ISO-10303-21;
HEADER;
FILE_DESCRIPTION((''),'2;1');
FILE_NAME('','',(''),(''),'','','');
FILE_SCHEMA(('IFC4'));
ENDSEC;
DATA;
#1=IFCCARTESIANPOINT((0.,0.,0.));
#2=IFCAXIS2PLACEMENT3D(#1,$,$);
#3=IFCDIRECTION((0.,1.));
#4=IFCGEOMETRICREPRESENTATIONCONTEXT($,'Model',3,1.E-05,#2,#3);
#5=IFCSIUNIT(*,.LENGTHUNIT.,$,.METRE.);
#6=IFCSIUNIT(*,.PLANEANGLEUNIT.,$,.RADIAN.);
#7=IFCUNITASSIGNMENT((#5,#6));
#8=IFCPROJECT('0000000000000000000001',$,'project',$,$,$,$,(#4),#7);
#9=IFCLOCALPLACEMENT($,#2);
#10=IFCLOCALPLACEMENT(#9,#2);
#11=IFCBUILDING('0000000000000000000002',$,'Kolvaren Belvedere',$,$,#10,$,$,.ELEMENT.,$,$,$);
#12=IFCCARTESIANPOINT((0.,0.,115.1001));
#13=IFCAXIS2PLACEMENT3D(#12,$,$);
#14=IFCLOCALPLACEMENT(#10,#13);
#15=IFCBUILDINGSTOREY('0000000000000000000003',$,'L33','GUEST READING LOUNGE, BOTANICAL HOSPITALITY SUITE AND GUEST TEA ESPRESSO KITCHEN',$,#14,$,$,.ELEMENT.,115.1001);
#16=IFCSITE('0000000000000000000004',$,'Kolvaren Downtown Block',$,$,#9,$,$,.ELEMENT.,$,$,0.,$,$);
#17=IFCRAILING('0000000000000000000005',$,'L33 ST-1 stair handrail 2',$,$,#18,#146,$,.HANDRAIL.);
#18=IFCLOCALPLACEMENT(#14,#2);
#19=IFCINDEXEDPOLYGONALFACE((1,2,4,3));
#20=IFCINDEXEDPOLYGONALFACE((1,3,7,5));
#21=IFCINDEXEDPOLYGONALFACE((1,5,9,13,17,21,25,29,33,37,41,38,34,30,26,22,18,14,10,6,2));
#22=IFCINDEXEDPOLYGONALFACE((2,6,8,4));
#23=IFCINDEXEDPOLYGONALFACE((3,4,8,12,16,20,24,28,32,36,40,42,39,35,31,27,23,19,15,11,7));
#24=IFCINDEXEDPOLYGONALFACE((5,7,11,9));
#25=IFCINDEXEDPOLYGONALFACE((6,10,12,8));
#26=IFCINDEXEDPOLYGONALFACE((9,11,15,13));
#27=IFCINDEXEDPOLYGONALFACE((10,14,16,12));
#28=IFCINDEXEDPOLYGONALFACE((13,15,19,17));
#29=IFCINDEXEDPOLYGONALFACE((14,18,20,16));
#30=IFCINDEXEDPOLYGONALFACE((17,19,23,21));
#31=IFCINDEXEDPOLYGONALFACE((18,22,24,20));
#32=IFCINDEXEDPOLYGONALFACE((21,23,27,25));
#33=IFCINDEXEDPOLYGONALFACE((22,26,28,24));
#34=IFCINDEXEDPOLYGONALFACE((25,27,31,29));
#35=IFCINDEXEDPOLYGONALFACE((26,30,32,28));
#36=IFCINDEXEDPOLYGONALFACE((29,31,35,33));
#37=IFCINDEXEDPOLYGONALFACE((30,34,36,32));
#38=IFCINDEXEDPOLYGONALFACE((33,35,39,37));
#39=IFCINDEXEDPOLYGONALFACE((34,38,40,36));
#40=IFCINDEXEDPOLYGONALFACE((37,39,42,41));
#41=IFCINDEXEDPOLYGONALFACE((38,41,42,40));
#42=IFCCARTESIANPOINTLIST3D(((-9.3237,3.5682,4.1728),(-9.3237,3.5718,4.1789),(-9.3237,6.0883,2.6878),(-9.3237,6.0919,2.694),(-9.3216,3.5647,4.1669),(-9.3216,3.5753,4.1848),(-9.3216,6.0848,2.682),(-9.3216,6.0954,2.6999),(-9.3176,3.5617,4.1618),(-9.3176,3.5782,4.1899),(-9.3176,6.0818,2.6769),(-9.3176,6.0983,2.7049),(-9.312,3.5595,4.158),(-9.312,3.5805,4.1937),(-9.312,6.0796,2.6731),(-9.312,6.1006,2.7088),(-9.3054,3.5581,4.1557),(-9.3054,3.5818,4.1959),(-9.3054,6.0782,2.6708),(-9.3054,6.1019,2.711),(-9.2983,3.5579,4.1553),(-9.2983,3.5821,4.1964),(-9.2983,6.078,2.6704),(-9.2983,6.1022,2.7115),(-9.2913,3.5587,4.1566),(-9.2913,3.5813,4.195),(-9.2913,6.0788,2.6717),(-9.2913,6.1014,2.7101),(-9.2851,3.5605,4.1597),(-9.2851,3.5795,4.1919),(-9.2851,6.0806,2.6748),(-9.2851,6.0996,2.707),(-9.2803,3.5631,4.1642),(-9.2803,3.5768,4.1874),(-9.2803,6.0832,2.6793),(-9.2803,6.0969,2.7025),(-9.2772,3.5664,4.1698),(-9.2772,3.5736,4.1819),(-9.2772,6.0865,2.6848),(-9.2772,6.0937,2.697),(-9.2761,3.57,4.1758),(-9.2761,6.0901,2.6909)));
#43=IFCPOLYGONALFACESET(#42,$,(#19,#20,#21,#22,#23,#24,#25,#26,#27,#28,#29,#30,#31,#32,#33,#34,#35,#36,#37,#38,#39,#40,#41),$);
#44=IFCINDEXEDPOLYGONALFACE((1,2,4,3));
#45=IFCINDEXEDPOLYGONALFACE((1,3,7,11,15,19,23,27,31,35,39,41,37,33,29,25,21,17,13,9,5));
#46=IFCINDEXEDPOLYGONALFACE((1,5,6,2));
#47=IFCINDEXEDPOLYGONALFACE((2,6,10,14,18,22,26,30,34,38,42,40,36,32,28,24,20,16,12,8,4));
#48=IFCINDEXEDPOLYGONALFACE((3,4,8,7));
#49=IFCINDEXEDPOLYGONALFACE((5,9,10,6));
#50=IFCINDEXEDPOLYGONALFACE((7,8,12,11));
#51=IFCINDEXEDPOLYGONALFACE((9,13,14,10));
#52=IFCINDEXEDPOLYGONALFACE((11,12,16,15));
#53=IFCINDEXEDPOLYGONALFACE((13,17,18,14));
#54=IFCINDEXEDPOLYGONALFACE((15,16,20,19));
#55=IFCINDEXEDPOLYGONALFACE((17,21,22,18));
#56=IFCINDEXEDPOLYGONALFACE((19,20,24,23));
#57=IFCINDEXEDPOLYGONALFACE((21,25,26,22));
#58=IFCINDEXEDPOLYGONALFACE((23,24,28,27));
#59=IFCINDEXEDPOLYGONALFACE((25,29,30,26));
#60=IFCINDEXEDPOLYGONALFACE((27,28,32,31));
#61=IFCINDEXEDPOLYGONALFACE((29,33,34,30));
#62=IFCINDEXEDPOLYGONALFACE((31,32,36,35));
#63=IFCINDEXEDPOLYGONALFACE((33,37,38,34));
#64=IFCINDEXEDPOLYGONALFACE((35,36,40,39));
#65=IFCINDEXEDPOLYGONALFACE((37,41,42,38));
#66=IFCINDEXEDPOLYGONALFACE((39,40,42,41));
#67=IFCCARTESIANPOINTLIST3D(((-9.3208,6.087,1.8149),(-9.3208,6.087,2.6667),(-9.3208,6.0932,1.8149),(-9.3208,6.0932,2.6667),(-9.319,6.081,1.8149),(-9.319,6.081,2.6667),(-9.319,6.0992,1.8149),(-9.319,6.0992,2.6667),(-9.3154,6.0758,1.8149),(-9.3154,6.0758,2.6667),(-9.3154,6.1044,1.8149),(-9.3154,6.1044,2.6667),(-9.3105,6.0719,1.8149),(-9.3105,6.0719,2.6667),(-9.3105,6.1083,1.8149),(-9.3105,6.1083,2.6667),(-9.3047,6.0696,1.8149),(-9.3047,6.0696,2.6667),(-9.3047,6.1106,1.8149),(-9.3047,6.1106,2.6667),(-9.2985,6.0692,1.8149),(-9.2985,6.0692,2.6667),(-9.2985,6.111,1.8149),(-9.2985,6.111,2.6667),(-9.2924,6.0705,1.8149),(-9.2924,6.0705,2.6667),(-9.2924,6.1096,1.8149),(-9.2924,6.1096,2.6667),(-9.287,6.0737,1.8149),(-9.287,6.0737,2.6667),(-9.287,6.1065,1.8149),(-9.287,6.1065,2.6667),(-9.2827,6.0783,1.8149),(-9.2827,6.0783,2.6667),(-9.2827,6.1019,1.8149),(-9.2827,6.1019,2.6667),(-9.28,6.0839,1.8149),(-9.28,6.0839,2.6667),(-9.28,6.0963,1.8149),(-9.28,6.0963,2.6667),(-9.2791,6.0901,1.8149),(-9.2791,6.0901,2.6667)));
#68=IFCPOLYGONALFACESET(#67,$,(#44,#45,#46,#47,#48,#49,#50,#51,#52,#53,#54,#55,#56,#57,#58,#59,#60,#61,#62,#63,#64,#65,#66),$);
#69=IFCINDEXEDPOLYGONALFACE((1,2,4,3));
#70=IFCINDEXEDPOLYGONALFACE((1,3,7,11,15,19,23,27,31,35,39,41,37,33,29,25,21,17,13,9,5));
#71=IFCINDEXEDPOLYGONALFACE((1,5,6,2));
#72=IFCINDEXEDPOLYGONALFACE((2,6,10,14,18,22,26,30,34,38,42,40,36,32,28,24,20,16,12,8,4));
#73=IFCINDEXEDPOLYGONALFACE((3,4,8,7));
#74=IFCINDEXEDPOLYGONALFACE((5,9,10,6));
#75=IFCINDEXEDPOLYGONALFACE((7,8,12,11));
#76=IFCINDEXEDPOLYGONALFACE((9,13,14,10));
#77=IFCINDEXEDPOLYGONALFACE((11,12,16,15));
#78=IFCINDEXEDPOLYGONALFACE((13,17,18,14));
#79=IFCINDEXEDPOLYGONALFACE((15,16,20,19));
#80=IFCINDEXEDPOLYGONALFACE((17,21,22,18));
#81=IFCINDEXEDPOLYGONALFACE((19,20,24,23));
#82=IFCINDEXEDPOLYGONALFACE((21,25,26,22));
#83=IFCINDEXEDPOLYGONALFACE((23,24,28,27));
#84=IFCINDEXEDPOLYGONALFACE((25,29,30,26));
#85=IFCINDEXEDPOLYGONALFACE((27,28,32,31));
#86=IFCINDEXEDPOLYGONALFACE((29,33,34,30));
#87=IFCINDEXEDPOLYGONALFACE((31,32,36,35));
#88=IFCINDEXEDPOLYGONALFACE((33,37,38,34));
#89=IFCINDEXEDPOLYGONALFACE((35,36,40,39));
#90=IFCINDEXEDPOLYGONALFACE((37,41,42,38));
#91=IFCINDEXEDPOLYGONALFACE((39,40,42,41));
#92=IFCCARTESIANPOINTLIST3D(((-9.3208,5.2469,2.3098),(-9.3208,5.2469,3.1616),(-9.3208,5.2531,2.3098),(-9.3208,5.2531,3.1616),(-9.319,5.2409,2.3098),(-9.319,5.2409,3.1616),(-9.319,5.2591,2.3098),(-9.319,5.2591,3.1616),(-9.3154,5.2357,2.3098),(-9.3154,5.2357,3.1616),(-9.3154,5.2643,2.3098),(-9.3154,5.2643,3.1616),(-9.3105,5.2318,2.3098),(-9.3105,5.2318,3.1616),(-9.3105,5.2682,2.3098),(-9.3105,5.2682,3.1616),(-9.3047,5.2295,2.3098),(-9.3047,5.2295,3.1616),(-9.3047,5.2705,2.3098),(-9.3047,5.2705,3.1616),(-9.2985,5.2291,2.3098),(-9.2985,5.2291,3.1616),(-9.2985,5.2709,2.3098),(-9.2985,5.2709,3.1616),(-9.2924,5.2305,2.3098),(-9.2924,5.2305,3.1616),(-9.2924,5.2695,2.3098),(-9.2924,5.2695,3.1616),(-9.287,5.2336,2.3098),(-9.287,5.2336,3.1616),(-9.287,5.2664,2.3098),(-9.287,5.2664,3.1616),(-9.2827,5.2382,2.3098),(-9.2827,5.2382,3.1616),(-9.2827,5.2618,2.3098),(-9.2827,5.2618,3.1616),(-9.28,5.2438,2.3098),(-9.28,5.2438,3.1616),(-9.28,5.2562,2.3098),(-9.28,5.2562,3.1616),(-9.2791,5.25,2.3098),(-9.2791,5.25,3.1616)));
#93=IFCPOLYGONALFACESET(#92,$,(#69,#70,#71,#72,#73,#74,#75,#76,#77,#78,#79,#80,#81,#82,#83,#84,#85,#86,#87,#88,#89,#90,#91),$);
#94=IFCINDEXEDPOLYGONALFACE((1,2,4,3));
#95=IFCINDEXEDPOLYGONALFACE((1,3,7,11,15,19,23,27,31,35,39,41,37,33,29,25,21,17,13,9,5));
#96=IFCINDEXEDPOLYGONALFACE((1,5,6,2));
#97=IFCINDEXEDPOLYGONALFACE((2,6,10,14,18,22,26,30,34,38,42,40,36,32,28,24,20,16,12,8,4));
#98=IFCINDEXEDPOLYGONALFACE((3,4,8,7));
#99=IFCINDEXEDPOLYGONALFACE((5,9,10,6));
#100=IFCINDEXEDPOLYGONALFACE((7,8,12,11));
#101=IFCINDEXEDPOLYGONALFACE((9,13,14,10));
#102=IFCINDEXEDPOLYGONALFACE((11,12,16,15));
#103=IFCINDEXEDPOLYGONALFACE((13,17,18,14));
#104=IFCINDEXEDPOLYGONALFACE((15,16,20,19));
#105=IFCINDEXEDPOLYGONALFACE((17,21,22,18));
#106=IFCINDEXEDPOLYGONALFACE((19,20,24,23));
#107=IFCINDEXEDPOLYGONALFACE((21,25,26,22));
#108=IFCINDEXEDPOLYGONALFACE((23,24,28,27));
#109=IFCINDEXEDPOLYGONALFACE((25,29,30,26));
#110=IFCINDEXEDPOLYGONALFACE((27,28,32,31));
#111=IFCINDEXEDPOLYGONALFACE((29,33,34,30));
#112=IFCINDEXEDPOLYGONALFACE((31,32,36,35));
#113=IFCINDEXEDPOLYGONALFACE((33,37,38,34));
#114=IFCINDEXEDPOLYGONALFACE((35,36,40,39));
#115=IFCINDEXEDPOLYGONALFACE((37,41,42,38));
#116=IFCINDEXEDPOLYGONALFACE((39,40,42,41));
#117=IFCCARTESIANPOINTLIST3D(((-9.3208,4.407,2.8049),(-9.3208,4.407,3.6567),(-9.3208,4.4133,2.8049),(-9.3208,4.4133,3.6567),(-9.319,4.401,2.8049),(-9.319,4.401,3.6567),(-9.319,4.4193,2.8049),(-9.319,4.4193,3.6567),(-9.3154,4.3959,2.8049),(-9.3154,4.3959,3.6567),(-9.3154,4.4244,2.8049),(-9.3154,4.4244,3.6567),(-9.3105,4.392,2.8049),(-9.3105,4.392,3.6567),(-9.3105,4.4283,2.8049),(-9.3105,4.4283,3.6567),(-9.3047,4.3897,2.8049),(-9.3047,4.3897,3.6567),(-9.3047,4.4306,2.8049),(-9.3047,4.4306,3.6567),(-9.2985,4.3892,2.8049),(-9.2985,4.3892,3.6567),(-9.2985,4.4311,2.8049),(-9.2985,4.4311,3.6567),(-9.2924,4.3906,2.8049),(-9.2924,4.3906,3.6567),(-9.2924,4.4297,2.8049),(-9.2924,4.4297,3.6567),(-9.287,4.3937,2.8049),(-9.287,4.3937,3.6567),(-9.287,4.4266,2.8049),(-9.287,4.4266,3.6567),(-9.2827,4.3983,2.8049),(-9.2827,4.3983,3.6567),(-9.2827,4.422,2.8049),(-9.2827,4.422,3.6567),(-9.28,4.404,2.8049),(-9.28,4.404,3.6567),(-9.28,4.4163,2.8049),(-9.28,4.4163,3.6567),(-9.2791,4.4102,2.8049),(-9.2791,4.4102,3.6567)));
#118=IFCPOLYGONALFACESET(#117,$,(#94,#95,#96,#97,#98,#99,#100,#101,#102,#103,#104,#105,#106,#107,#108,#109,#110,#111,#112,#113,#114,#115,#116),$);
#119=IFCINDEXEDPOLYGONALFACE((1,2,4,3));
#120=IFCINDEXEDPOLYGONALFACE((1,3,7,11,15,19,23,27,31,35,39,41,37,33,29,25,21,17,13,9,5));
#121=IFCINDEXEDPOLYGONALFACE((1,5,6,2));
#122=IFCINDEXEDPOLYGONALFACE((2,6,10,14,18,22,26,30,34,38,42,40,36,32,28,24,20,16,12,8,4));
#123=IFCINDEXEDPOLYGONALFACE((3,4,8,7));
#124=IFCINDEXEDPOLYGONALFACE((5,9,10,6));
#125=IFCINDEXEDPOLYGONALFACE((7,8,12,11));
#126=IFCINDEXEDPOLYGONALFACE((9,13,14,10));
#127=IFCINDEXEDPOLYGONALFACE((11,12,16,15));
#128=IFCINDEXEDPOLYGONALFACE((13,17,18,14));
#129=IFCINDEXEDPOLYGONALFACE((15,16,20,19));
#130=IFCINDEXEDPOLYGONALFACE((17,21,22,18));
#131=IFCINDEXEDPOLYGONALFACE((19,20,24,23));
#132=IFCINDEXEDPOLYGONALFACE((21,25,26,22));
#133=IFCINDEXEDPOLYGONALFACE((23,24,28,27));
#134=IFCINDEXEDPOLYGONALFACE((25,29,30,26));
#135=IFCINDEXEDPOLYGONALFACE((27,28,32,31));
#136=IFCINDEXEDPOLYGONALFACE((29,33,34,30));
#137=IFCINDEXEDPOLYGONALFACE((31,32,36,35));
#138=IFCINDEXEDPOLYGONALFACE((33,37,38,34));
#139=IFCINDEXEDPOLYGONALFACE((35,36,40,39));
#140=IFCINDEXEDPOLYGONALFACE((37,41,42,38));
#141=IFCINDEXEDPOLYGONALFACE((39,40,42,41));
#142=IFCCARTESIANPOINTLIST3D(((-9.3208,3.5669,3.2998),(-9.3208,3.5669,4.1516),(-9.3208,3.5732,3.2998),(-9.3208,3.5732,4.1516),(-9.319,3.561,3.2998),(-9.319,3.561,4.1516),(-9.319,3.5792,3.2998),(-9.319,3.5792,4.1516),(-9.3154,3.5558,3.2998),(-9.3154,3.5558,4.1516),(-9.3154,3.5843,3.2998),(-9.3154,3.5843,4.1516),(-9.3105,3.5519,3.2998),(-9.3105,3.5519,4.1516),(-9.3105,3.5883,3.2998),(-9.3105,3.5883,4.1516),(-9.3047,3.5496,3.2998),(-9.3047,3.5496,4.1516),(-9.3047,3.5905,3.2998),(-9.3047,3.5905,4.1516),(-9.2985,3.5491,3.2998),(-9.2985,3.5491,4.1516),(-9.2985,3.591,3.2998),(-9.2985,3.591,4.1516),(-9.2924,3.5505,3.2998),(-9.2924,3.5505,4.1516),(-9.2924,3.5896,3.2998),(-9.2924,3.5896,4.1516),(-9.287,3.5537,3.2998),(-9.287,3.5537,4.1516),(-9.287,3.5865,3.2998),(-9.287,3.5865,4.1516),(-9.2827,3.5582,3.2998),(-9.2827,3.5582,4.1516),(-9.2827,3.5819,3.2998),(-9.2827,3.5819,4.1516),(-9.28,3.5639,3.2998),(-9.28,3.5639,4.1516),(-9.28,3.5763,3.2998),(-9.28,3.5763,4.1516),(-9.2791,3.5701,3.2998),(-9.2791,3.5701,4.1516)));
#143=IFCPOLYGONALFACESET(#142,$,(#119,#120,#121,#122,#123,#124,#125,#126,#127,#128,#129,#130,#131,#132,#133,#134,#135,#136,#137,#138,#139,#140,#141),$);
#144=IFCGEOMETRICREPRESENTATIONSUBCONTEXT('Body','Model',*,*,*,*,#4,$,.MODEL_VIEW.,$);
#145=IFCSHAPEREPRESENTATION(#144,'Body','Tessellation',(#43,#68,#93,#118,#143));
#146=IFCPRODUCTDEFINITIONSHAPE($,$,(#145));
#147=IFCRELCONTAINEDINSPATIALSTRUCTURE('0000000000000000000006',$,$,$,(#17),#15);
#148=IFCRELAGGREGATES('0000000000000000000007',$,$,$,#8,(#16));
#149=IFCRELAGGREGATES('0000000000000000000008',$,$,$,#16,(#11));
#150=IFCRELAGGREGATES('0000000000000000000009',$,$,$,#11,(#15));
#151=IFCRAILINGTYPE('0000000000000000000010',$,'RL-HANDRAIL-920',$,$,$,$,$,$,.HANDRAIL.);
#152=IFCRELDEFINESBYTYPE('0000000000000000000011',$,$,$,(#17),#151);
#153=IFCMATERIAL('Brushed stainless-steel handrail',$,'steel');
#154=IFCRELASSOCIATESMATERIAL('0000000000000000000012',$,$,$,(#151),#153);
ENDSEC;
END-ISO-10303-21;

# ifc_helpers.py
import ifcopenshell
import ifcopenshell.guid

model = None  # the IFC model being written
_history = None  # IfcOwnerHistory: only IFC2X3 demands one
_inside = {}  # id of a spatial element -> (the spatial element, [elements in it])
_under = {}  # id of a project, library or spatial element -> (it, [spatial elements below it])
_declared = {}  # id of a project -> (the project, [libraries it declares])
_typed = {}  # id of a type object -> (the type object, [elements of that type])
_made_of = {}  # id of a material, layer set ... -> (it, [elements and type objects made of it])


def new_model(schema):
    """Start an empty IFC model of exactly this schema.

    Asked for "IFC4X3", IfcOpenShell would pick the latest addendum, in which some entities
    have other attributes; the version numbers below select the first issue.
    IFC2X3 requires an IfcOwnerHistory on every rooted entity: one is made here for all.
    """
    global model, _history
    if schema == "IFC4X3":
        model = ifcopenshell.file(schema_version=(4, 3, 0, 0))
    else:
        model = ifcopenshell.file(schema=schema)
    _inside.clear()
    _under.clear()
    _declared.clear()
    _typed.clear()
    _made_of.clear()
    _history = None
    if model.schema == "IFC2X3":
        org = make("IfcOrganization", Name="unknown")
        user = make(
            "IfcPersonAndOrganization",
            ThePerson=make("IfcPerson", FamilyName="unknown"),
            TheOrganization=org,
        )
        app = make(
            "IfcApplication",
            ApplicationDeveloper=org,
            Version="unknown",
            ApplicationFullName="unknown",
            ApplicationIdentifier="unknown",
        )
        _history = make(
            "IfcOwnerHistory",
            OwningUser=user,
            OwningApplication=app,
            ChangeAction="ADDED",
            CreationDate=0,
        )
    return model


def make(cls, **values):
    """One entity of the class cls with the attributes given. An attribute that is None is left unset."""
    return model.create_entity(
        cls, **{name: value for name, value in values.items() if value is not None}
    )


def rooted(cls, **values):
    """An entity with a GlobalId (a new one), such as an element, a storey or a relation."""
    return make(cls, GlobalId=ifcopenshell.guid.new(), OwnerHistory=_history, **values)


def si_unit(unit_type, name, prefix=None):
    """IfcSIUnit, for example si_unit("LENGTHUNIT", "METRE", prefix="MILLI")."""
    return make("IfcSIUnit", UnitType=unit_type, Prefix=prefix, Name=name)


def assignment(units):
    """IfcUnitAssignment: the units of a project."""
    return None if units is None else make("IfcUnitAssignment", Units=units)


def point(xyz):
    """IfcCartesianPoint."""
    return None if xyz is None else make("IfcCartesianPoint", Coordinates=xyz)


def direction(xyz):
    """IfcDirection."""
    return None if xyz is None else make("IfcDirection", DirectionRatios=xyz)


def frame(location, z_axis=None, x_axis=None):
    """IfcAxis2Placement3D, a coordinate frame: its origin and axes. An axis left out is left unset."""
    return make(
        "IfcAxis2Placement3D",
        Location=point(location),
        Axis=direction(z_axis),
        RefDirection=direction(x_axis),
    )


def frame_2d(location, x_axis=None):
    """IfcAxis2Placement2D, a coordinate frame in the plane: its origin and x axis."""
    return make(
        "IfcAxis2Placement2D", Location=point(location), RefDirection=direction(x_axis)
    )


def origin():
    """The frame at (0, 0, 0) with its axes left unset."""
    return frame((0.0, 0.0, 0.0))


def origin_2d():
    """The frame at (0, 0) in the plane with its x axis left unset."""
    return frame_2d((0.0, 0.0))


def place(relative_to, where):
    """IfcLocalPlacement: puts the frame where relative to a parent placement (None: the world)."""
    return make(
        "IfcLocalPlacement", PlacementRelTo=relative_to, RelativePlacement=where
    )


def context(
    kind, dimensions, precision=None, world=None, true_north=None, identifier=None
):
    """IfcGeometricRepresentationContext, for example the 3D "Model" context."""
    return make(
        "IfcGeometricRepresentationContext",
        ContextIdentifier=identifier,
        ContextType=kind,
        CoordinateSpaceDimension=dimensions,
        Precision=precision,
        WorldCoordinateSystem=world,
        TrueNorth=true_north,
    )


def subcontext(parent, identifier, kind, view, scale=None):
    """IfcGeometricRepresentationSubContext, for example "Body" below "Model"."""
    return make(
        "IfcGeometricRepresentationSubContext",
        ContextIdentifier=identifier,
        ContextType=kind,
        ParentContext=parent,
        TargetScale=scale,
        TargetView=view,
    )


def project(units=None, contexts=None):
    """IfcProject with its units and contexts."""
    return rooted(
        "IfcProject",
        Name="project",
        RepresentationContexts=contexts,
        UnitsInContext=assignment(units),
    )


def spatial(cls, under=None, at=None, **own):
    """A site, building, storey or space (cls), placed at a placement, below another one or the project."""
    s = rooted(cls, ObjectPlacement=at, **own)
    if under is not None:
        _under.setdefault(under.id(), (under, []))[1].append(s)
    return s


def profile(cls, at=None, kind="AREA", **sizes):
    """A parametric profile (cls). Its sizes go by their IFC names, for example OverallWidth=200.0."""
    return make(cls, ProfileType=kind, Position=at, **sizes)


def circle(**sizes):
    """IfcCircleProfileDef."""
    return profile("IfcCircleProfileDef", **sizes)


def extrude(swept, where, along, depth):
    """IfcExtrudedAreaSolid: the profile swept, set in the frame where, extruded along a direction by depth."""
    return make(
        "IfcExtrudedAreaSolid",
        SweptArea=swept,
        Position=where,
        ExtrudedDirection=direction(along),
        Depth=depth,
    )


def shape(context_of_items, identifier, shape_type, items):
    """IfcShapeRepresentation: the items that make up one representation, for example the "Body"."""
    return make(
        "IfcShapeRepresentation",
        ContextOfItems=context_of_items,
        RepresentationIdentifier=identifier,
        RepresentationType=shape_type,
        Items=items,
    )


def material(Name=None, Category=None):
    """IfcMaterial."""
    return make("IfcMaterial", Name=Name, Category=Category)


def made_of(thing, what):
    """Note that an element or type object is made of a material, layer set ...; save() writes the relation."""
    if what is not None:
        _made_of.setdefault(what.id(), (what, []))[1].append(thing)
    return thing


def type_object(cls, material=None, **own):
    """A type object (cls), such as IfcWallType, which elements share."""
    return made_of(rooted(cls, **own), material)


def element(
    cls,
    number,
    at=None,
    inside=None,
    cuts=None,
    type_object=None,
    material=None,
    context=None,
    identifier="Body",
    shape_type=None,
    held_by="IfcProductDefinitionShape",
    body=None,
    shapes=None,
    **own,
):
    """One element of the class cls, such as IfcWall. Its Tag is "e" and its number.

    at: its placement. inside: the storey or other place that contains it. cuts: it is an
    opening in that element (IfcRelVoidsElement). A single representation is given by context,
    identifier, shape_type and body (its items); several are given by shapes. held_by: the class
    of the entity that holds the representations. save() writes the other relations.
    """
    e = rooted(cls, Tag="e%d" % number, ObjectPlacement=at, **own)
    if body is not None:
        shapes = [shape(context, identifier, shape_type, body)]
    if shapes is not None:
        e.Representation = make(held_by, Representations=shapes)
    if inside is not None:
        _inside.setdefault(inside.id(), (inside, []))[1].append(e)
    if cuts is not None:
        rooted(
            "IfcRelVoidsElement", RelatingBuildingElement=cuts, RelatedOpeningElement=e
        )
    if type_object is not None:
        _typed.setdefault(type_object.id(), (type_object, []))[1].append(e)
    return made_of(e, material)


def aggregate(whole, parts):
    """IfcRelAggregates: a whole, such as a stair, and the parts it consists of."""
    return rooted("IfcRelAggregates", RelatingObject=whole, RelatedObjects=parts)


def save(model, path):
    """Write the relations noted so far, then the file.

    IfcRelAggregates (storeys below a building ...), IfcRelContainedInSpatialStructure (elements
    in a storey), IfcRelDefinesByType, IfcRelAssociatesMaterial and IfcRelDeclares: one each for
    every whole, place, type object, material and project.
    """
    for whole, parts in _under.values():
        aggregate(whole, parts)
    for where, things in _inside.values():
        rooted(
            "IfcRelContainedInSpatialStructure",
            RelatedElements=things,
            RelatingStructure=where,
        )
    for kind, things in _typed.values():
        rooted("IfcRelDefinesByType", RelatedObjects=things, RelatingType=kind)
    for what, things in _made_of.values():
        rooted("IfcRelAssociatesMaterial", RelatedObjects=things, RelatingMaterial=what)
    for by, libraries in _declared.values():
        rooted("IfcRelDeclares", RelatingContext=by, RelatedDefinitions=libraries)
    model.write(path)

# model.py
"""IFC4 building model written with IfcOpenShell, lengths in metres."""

from ifc_helpers import new_model, si_unit, direction, frame, origin, origin_2d, place, context, subcontext, project, spatial, circle, extrude, material, type_object, element, save


model = new_model("IFC4")

# Units and contexts
model_context = context("Model", 3, precision=1e-05, world=origin(), true_north=direction((0.0, 1.0)))
body_context = subcontext(model_context, "Body", "Model", "MODEL_VIEW")
ifc_project = project(units=[si_unit("LENGTHUNIT", "METRE"), si_unit("PLANEANGLEUNIT", "RADIAN")], contexts=[model_context])

# Site, building, storey
site_placement = place(None, origin())
site = spatial("IfcSite", under=ifc_project, at=site_placement, Name="Kolvaren Downtown Block", CompositionType="ELEMENT", RefElevation=0.0)
building_placement = place(site_placement, origin())
building = spatial("IfcBuilding", under=site, at=building_placement, Name="Kolvaren Belvedere", CompositionType="ELEMENT")
storey_placement = place(building_placement, frame((0.0, 0.0, 115.1001)))
storey = spatial("IfcBuildingStorey", under=building, at=storey_placement, Name="L33", Description="GUEST READING LOUNGE, BOTANICAL HOSPITALITY SUITE AND GUEST TEA ESPRESSO KITCHEN", CompositionType="ELEMENT", Elevation=115.1001)

# Railing
ifc_material_1 = material(Name="Brushed stainless-steel handrail", Category="steel")
railing_type_1 = type_object("IfcRailingType", Name="RL-HANDRAIL-920", PredefinedType="HANDRAIL", material=ifc_material_1)
railing_1_placement = place(storey_placement, frame((-9.3, 6.0901, 1.8149)))
element("IfcRailing", 1, at=railing_1_placement, inside=storey, type_object=railing_type_1, Name="L33 ST-1 stair handrail 2", PredefinedType="HANDRAIL", context=body_context, shape_type="SweptSolid", body=[
    extrude(circle(Radius=0.0239, at=origin_2d()), frame((0.0, 0.0, 0.876), z_axis=(0.0, -0.861561, 0.507655), x_axis=(1.0, 0.0, 0.0)), (0.0, 0.0, 1.0), 2.925),
    extrude(circle(Radius=0.021, at=origin_2d()), origin(), (0.0, 0.0, 1.0), 0.8518),
    extrude(circle(Radius=0.021, at=origin_2d()), frame((0.0, -0.8401, 0.4949)), (0.0, 0.0, 1.0), 0.8518),
    extrude(circle(Radius=0.021, at=origin_2d()), frame((0.0, -1.6799, 0.99)), (0.0, 0.0, 1.0), 0.8518),
    extrude(circle(Radius=0.021, at=origin_2d()), frame((0.0, -2.52, 1.4849)), (0.0, 0.0, 1.0), 0.8518),
])

save(model, "model.ifc")
